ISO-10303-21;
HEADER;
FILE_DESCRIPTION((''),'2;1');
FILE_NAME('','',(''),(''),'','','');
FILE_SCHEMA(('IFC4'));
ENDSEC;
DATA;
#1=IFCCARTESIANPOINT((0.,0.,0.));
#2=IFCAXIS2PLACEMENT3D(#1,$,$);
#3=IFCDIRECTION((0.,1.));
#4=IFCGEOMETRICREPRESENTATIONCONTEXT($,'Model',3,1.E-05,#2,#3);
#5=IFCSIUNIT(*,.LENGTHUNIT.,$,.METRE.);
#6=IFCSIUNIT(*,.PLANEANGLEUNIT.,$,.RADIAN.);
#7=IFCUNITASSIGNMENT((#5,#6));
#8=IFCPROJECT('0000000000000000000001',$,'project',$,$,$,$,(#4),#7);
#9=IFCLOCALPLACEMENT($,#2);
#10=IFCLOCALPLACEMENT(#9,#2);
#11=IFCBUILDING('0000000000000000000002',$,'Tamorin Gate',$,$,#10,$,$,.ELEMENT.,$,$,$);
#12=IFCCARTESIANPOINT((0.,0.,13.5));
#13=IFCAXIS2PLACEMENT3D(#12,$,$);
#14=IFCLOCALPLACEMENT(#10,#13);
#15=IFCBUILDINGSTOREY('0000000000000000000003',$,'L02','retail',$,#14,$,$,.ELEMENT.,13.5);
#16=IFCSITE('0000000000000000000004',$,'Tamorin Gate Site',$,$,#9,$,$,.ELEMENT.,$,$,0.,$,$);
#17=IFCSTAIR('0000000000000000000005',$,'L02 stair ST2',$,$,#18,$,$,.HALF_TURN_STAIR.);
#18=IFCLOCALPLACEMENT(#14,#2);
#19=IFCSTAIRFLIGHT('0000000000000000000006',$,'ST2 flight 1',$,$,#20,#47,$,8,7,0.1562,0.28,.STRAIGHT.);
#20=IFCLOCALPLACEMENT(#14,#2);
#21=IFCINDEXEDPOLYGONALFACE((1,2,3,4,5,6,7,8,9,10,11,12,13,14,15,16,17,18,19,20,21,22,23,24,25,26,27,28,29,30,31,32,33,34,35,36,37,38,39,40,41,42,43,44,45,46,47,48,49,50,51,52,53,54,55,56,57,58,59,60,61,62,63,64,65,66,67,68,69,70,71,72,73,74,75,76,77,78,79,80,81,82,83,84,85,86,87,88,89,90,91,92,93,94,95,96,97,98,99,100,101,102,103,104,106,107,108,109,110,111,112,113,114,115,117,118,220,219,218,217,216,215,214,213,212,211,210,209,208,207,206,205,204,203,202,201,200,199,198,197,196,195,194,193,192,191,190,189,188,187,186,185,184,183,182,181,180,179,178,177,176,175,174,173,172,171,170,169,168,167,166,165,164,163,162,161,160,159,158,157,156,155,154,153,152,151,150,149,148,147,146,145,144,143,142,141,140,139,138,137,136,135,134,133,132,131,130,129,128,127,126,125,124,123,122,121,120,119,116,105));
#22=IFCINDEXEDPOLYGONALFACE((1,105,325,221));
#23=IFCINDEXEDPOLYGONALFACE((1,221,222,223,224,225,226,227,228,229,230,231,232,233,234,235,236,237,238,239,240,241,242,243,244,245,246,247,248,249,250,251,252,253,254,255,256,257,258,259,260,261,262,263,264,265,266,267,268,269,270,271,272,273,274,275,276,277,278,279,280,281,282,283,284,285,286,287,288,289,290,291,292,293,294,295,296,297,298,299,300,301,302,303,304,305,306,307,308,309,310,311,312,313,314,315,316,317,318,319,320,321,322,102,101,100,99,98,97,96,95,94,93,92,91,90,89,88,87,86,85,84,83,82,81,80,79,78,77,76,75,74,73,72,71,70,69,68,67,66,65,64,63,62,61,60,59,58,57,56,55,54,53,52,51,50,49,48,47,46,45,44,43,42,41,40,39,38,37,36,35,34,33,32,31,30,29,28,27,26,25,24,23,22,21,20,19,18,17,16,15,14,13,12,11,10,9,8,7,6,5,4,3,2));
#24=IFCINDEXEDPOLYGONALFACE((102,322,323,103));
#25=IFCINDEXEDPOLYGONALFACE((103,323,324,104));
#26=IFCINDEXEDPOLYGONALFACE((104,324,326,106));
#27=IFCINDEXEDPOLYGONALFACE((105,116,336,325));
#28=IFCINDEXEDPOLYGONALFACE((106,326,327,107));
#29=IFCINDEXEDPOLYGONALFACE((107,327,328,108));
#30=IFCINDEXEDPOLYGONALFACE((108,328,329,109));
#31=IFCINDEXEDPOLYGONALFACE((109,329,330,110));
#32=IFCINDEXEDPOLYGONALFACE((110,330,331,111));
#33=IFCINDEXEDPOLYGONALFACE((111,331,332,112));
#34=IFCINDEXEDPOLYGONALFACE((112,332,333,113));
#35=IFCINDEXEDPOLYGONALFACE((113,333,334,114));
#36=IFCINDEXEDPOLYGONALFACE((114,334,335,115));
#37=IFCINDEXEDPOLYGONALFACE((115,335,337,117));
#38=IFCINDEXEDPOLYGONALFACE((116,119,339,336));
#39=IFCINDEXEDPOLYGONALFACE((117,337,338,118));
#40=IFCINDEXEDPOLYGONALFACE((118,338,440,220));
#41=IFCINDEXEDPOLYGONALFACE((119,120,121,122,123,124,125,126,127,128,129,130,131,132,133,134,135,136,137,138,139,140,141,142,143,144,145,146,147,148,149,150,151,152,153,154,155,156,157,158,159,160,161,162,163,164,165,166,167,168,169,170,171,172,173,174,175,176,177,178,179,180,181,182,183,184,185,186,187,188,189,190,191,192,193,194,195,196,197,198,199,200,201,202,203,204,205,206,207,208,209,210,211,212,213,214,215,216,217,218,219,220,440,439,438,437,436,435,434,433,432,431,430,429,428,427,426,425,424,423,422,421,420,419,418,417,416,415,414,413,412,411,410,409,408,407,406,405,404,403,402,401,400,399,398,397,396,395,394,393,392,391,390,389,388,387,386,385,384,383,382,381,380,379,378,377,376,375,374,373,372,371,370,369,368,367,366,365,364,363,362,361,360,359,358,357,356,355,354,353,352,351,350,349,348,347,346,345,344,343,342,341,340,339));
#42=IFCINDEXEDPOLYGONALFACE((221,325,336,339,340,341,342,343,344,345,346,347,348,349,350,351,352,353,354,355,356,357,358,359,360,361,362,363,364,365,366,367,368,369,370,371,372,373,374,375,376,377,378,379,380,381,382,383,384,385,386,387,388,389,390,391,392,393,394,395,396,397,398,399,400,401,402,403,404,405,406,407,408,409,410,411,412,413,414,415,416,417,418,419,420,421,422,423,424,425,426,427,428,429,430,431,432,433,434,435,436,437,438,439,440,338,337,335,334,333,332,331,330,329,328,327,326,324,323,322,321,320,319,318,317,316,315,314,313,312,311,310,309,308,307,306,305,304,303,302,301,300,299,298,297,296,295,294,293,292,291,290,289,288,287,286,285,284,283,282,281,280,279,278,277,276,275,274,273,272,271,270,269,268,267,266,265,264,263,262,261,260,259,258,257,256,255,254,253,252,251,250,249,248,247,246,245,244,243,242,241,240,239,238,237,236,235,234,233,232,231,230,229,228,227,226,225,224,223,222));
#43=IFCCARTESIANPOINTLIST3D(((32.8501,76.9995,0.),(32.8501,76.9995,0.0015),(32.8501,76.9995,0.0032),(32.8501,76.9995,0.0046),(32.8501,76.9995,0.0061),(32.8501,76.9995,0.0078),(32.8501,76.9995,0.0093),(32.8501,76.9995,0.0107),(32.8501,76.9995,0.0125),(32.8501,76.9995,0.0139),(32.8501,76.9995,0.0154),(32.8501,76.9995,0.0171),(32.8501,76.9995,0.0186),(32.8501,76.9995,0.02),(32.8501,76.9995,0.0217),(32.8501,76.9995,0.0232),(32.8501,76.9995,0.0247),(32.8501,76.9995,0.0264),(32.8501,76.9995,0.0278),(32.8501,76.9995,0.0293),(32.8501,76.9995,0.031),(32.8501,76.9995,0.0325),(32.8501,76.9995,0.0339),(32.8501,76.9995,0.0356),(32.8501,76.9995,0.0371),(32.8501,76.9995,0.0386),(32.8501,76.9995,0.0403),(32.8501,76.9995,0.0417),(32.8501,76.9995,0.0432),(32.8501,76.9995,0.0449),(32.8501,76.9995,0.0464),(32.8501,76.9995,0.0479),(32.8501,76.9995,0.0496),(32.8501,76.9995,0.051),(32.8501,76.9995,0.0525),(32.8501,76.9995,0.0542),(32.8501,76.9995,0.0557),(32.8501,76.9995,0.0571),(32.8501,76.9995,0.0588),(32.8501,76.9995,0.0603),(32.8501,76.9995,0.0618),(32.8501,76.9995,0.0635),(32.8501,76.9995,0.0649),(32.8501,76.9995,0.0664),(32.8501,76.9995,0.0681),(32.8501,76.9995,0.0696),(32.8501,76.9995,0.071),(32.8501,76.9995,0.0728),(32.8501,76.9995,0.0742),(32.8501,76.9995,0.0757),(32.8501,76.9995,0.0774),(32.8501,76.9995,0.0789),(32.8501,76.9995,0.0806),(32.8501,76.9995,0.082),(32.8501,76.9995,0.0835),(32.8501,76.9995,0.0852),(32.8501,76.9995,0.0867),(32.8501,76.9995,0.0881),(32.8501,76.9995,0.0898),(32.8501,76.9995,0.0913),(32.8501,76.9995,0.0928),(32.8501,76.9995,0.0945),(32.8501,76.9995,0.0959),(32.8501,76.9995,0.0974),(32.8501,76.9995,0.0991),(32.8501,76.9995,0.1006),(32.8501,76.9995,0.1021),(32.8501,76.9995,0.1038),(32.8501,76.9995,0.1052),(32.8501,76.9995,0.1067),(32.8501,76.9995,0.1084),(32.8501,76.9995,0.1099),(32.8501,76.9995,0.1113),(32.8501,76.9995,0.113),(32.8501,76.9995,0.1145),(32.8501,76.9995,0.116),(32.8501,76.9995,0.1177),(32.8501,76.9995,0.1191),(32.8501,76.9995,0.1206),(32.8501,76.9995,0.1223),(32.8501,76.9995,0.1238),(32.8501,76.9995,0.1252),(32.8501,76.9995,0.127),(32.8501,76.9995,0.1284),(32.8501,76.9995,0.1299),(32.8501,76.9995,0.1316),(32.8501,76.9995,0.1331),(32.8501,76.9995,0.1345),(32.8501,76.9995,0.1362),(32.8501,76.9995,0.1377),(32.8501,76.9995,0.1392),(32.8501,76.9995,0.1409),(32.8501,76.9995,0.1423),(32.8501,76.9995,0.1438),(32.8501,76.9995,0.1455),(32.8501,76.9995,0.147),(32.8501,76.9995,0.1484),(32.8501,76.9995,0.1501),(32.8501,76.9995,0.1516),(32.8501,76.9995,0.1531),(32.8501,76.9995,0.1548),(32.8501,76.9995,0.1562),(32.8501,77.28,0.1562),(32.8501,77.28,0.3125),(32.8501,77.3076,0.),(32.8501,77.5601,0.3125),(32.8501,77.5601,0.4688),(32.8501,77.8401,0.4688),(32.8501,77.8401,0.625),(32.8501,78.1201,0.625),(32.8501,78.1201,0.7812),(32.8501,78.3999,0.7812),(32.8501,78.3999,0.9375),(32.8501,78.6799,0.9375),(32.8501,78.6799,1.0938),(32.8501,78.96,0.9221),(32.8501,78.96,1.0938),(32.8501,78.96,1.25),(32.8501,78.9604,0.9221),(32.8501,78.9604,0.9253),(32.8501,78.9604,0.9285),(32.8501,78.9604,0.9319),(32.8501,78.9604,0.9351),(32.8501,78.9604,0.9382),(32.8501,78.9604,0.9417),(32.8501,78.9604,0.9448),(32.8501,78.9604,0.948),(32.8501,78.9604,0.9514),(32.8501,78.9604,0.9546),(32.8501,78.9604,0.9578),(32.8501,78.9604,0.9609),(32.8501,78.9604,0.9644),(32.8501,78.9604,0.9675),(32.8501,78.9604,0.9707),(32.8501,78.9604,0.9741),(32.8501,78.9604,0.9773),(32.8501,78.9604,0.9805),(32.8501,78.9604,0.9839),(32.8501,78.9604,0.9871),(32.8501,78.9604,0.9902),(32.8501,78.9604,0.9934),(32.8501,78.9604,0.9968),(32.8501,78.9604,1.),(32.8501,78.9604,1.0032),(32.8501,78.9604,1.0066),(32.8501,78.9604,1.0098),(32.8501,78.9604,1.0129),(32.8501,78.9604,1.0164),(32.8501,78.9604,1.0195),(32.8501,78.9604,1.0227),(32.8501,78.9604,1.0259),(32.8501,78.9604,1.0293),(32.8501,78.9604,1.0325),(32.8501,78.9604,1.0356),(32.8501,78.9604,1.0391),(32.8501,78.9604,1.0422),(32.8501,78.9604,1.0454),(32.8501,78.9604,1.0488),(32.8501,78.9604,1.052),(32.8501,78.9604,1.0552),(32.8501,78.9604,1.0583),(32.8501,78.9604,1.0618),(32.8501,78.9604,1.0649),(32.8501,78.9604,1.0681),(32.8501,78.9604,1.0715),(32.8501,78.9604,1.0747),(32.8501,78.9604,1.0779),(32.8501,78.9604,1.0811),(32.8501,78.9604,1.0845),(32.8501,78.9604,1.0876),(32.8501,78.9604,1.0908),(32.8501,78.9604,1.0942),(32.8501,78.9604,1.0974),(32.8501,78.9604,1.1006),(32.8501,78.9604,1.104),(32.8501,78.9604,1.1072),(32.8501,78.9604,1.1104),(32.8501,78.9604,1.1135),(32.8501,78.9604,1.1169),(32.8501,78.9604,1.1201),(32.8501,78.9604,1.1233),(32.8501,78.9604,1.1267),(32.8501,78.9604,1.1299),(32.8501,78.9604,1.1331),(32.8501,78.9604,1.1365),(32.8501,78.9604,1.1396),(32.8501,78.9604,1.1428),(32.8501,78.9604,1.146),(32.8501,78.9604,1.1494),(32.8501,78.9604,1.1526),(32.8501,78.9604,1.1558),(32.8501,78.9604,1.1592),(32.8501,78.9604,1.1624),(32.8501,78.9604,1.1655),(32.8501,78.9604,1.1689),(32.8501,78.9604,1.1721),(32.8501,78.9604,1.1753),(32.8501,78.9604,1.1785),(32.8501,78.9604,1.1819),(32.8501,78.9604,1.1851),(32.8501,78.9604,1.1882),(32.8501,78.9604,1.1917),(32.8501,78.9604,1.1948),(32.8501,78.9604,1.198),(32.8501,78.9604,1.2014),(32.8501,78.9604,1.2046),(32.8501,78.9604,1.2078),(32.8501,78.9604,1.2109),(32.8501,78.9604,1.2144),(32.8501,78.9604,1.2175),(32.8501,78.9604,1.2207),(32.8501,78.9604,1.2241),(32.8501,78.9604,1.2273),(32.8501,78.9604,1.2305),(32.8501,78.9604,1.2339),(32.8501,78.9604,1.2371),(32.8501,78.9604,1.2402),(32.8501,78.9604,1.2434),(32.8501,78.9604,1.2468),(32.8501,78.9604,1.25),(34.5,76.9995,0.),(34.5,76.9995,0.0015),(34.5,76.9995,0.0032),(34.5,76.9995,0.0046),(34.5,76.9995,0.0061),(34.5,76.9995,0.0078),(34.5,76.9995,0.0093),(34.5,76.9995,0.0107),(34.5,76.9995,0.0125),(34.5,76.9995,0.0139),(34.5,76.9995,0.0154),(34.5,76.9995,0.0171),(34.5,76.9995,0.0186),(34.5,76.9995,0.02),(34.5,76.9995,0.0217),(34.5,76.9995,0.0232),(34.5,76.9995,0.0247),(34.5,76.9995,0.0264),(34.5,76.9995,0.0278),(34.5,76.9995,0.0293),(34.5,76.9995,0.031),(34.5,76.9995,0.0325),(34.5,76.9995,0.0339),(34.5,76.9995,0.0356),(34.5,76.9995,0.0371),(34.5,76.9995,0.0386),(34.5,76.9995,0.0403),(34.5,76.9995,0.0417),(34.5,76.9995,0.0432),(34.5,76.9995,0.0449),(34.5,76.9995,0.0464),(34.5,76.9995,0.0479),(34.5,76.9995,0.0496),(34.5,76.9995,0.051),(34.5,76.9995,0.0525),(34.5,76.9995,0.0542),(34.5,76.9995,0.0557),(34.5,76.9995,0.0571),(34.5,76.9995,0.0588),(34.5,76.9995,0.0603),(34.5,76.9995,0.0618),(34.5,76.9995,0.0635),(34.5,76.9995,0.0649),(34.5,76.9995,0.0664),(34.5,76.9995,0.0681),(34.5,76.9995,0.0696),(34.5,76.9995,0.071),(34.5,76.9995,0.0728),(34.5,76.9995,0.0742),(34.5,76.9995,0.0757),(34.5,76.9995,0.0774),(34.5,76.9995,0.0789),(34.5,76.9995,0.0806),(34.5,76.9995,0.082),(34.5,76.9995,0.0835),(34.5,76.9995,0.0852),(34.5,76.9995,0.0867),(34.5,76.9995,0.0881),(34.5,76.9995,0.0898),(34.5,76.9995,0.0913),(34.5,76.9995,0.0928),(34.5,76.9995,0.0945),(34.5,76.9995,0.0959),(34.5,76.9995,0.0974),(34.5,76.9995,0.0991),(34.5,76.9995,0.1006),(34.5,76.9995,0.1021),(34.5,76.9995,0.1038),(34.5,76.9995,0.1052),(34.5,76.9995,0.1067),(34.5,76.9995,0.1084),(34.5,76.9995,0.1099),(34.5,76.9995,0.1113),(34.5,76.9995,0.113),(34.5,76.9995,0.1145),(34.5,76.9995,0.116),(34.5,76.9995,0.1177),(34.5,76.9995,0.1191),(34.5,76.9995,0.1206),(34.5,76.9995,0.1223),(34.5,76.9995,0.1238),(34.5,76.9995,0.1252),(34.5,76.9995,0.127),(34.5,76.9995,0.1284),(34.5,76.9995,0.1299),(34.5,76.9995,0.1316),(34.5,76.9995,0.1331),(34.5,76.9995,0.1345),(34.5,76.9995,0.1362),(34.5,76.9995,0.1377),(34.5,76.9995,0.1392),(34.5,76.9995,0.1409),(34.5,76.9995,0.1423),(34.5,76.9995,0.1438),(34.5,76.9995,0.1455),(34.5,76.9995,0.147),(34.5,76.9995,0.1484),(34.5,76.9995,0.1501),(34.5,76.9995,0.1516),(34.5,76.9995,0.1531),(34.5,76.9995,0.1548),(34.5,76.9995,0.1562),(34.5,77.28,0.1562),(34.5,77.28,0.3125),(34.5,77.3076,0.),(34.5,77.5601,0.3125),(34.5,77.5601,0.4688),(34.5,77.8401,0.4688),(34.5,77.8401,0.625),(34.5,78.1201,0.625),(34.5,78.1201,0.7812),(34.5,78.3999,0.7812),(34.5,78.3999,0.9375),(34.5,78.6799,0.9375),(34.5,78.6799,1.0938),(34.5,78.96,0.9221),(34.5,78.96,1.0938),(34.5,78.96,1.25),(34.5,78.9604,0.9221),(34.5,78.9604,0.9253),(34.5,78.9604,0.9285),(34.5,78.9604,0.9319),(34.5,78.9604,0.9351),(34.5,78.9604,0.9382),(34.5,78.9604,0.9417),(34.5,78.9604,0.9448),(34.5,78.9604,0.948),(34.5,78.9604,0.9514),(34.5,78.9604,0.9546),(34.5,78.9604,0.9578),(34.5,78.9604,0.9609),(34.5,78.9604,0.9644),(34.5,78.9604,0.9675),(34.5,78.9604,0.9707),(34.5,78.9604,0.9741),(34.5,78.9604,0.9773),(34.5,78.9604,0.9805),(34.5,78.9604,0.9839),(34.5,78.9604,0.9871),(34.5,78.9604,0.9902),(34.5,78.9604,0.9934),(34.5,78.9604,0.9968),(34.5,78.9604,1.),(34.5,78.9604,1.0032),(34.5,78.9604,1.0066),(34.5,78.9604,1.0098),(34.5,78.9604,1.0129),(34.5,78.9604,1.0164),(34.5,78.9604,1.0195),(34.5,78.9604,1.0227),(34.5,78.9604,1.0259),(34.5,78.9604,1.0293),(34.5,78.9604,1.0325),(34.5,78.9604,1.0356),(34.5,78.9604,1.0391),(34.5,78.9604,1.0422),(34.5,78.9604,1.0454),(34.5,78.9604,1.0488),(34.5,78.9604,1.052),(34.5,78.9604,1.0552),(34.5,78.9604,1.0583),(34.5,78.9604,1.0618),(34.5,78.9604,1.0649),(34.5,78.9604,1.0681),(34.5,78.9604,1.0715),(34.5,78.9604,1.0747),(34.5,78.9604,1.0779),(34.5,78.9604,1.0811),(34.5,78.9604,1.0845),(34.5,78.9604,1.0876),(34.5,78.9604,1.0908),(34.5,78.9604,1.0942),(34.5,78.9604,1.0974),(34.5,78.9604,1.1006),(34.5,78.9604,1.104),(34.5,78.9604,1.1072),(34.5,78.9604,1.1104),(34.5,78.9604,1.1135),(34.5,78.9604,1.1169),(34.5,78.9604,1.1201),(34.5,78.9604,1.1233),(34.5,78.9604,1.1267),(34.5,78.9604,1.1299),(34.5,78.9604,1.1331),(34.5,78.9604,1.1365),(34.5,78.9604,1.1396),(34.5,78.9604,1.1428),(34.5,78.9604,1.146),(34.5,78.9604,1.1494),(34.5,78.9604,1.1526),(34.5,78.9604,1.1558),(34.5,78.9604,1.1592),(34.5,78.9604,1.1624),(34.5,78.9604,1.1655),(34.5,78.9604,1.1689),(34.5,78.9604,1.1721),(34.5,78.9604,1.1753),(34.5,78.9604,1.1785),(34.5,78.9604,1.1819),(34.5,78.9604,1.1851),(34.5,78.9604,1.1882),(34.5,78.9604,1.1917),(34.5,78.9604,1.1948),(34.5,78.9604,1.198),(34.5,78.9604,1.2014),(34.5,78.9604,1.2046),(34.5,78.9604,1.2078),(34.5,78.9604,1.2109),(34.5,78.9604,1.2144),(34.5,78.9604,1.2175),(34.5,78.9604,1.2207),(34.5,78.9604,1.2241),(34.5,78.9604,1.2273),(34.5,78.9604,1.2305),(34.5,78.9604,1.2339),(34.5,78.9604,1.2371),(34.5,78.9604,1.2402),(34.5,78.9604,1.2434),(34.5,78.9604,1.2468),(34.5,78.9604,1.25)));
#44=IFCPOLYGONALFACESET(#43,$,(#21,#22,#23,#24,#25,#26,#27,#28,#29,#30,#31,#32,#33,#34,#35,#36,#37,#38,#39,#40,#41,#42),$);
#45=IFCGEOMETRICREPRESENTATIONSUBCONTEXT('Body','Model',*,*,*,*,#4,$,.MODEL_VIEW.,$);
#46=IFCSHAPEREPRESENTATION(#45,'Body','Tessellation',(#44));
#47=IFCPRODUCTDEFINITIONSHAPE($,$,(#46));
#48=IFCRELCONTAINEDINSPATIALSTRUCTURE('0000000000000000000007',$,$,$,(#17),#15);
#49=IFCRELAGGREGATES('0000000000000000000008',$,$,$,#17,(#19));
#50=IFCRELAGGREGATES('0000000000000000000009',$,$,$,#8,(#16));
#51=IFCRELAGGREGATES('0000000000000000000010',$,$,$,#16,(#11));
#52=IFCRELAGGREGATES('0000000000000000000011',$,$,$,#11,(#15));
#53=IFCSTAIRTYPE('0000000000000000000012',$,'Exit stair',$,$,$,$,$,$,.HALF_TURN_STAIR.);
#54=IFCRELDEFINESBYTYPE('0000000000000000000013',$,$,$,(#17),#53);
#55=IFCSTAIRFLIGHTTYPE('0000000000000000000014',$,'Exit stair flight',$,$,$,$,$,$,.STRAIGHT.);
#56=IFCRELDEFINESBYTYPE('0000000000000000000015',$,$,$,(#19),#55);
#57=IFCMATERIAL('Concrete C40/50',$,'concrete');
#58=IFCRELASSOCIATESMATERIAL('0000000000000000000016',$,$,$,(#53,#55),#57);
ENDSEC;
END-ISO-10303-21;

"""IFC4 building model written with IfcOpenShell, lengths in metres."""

from ifc_helpers import new_model, si_unit, direction, frame, origin, place, context, subcontext, project, spatial, polyline, outline, extrude, material, type_object, element, aggregate, save


model = new_model("IFC4")

# Units and contexts
model_context = context("Model", 3, precision=1e-05, world=origin(), true_north=direction((0.0, 1.0)))
body_context = subcontext(model_context, "Body", "Model", "MODEL_VIEW")
ifc_project = project(units=[si_unit("LENGTHUNIT", "METRE"), si_unit("PLANEANGLEUNIT", "RADIAN")], contexts=[model_context])

# Site, building, storey
site_placement = place(None, origin())
site = spatial("IfcSite", under=ifc_project, at=site_placement, Name="Tamorin Gate Site", CompositionType="ELEMENT", RefElevation=0.0)
building_placement = place(site_placement, origin())
building = spatial("IfcBuilding", under=site, at=building_placement, Name="Tamorin Gate", CompositionType="ELEMENT")
storey_placement = place(building_placement, frame((0.0, 0.0, 13.5)))
storey = spatial("IfcBuildingStorey", under=building, at=storey_placement, Name="L02", Description="retail", CompositionType="ELEMENT", Elevation=13.5)

# Stair, stair flight
ifc_material_1 = material(Name="Concrete C40/50", Category="concrete")
stair_type = type_object("IfcStairType", Name="Exit stair", PredefinedType="HALF_TURN_STAIR", material=ifc_material_1)
stair_placement = place(storey_placement, origin())
stair = element("IfcStair", 1, at=stair_placement, inside=storey, type_object=stair_type, Name="L02 stair ST2", PredefinedType="HALF_TURN_STAIR")
stair_flight_type = type_object("IfcStairFlightType", Name="Exit stair flight", PredefinedType="STRAIGHT", material=ifc_material_1)
stair_flight_1_placement = place(storey_placement, frame((33.675, 77.0, 0.0), z_axis=(0.0, 0.0, 1.0), x_axis=(0.0, 1.0, 0.0)))
stair_flight_1 = element("IfcStairFlight", 2, at=stair_flight_1_placement, type_object=stair_flight_type, Name="ST2 flight 1", NumberOfRisers=8, NumberOfTreads=7, PredefinedType="STRAIGHT", RiserHeight=0.1562, TreadLength=0.28, context=body_context, shape_type="SweptSolid", body=[
    extrude(outline(polyline([(-0.0005, 0.0), (-0.0005, 0.0015), (-0.0005, 0.0032), (-0.0005, 0.0046), (-0.0005, 0.0061), (-0.0005, 0.0078), (-0.0005, 0.0093), (-0.0005, 0.0107), (-0.0005, 0.0125), (-0.0005, 0.0139), (-0.0005, 0.0154), (-0.0005, 0.0171), (-0.0005, 0.0186), (-0.0005, 0.02), (-0.0005, 0.0217), (-0.0005, 0.0232), (-0.0005, 0.0247), (-0.0005, 0.0264), (-0.0005, 0.0278), (-0.0005, 0.0293), (-0.0005, 0.031), (-0.0005, 0.0325), (-0.0005, 0.0339), (-0.0005, 0.0356), (-0.0005, 0.0371), (-0.0005, 0.0386), (-0.0005, 0.0403), (-0.0005, 0.0417), (-0.0005, 0.0432), (-0.0005, 0.0449), (-0.0005, 0.0464), (-0.0005, 0.0479), (-0.0005, 0.0496), (-0.0005, 0.051), (-0.0005, 0.0525), (-0.0005, 0.0542), (-0.0005, 0.0557), (-0.0005, 0.0571), (-0.0005, 0.0588), (-0.0005, 0.0603), (-0.0005, 0.0618), (-0.0005, 0.0635), (-0.0005, 0.0649), (-0.0005, 0.0664), (-0.0005, 0.0681), (-0.0005, 0.0696), (-0.0005, 0.071), (-0.0005, 0.0728), (-0.0005, 0.0742), (-0.0005, 0.0757), (-0.0005, 0.0774), (-0.0005, 0.0789), (-0.0005, 0.0806), (-0.0005, 0.082), (-0.0005, 0.0835), (-0.0005, 0.0852), (-0.0005, 0.0867), (-0.0005, 0.0881), (-0.0005, 0.0898), (-0.0005, 0.0913), (-0.0005, 0.0928), (-0.0005, 0.0945), (-0.0005, 0.0959), (-0.0005, 0.0974), (-0.0005, 0.0991), (-0.0005, 0.1006), (-0.0005, 0.1021), (-0.0005, 0.1038), (-0.0005, 0.1052), (-0.0005, 0.1067), (-0.0005, 0.1084), (-0.0005, 0.1099), (-0.0005, 0.1113), (-0.0005, 0.113), (-0.0005, 0.1145), (-0.0005, 0.116), (-0.0005, 0.1177), (-0.0005, 0.1191), (-0.0005, 0.1206), (-0.0005, 0.1223), (-0.0005, 0.1238), (-0.0005, 0.1252), (-0.0005, 0.127), (-0.0005, 0.1284), (-0.0005, 0.1299), (-0.0005, 0.1316), (-0.0005, 0.1331), (-0.0005, 0.1345), (-0.0005, 0.1362), (-0.0005, 0.1377), (-0.0005, 0.1392), (-0.0005, 0.1409), (-0.0005, 0.1423), (-0.0005, 0.1438), (-0.0005, 0.1455), (-0.0005, 0.147), (-0.0005, 0.1484), (-0.0005, 0.1501), (-0.0005, 0.1516), (-0.0005, 0.1531), (-0.0005, 0.1548), (-0.0005, 0.1562), (0.28, 0.1562), (0.28, 0.3125), (0.5601, 0.3125), (0.5601, 0.4688), (0.8401, 0.4688), (0.8401, 0.625), (1.1201, 0.625), (1.1201, 0.7812), (1.3999, 0.7812), (1.3999, 0.9375), (1.6799, 0.9375), (1.6799, 1.0938), (1.96, 1.0938), (1.96, 1.25), (1.9604, 1.25), (1.9604, 1.2468), (1.9604, 1.2434), (1.9604, 1.2402), (1.9604, 1.2371), (1.9604, 1.2339), (1.9604, 1.2305), (1.9604, 1.2273), (1.9604, 1.2241), (1.9604, 1.2207), (1.9604, 1.2175), (1.9604, 1.2144), (1.9604, 1.2109), (1.9604, 1.2078), (1.9604, 1.2046), (1.9604, 1.2014), (1.9604, 1.198), (1.9604, 1.1948), (1.9604, 1.1917), (1.9604, 1.1882), (1.9604, 1.1851), (1.9604, 1.1819), (1.9604, 1.1785), (1.9604, 1.1753), (1.9604, 1.1721), (1.9604, 1.1689), (1.9604, 1.1655), (1.9604, 1.1624), (1.9604, 1.1592), (1.9604, 1.1558), (1.9604, 1.1526), (1.9604, 1.1494), (1.9604, 1.146), (1.9604, 1.1428), (1.9604, 1.1396), (1.9604, 1.1365), (1.9604, 1.1331), (1.9604, 1.1299), (1.9604, 1.1267), (1.9604, 1.1233), (1.9604, 1.1201), (1.9604, 1.1169), (1.9604, 1.1135), (1.9604, 1.1104), (1.9604, 1.1072), (1.9604, 1.104), (1.9604, 1.1006), (1.9604, 1.0974), (1.9604, 1.0942), (1.9604, 1.0908), (1.9604, 1.0876), (1.9604, 1.0845), (1.9604, 1.0811), (1.9604, 1.0779), (1.9604, 1.0747), (1.9604, 1.0715), (1.9604, 1.0681), (1.9604, 1.0649), (1.9604, 1.0618), (1.9604, 1.0583), (1.9604, 1.0552), (1.9604, 1.052), (1.9604, 1.0488), (1.9604, 1.0454), (1.9604, 1.0422), (1.9604, 1.0391), (1.9604, 1.0356), (1.9604, 1.0325), (1.9604, 1.0293), (1.9604, 1.0259), (1.9604, 1.0227), (1.9604, 1.0195), (1.9604, 1.0164), (1.9604, 1.0129), (1.9604, 1.0098), (1.9604, 1.0066), (1.9604, 1.0032), (1.9604, 1.0), (1.9604, 0.9968), (1.9604, 0.9934), (1.9604, 0.9902), (1.9604, 0.9871), (1.9604, 0.9839), (1.9604, 0.9805), (1.9604, 0.9773), (1.9604, 0.9741), (1.9604, 0.9707), (1.9604, 0.9675), (1.9604, 0.9644), (1.9604, 0.9609), (1.9604, 0.9578), (1.9604, 0.9546), (1.9604, 0.9514), (1.9604, 0.948), (1.9604, 0.9448), (1.9604, 0.9417), (1.9604, 0.9382), (1.9604, 0.9351), (1.9604, 0.9319), (1.9604, 0.9285), (1.9604, 0.9253), (1.9604, 0.9221), (1.96, 0.9221), (0.3076, 0.0), (-0.0005, 0.0)])), frame((0.0, 0.825, 0.0), z_axis=(0.0, -1.0, 0.0), x_axis=(1.0, 0.0, 0.0)), (0.0, 0.0, 1.0), 1.6499),
])
aggregate(stair, [stair_flight_1])

save(model, "model.ifc")
